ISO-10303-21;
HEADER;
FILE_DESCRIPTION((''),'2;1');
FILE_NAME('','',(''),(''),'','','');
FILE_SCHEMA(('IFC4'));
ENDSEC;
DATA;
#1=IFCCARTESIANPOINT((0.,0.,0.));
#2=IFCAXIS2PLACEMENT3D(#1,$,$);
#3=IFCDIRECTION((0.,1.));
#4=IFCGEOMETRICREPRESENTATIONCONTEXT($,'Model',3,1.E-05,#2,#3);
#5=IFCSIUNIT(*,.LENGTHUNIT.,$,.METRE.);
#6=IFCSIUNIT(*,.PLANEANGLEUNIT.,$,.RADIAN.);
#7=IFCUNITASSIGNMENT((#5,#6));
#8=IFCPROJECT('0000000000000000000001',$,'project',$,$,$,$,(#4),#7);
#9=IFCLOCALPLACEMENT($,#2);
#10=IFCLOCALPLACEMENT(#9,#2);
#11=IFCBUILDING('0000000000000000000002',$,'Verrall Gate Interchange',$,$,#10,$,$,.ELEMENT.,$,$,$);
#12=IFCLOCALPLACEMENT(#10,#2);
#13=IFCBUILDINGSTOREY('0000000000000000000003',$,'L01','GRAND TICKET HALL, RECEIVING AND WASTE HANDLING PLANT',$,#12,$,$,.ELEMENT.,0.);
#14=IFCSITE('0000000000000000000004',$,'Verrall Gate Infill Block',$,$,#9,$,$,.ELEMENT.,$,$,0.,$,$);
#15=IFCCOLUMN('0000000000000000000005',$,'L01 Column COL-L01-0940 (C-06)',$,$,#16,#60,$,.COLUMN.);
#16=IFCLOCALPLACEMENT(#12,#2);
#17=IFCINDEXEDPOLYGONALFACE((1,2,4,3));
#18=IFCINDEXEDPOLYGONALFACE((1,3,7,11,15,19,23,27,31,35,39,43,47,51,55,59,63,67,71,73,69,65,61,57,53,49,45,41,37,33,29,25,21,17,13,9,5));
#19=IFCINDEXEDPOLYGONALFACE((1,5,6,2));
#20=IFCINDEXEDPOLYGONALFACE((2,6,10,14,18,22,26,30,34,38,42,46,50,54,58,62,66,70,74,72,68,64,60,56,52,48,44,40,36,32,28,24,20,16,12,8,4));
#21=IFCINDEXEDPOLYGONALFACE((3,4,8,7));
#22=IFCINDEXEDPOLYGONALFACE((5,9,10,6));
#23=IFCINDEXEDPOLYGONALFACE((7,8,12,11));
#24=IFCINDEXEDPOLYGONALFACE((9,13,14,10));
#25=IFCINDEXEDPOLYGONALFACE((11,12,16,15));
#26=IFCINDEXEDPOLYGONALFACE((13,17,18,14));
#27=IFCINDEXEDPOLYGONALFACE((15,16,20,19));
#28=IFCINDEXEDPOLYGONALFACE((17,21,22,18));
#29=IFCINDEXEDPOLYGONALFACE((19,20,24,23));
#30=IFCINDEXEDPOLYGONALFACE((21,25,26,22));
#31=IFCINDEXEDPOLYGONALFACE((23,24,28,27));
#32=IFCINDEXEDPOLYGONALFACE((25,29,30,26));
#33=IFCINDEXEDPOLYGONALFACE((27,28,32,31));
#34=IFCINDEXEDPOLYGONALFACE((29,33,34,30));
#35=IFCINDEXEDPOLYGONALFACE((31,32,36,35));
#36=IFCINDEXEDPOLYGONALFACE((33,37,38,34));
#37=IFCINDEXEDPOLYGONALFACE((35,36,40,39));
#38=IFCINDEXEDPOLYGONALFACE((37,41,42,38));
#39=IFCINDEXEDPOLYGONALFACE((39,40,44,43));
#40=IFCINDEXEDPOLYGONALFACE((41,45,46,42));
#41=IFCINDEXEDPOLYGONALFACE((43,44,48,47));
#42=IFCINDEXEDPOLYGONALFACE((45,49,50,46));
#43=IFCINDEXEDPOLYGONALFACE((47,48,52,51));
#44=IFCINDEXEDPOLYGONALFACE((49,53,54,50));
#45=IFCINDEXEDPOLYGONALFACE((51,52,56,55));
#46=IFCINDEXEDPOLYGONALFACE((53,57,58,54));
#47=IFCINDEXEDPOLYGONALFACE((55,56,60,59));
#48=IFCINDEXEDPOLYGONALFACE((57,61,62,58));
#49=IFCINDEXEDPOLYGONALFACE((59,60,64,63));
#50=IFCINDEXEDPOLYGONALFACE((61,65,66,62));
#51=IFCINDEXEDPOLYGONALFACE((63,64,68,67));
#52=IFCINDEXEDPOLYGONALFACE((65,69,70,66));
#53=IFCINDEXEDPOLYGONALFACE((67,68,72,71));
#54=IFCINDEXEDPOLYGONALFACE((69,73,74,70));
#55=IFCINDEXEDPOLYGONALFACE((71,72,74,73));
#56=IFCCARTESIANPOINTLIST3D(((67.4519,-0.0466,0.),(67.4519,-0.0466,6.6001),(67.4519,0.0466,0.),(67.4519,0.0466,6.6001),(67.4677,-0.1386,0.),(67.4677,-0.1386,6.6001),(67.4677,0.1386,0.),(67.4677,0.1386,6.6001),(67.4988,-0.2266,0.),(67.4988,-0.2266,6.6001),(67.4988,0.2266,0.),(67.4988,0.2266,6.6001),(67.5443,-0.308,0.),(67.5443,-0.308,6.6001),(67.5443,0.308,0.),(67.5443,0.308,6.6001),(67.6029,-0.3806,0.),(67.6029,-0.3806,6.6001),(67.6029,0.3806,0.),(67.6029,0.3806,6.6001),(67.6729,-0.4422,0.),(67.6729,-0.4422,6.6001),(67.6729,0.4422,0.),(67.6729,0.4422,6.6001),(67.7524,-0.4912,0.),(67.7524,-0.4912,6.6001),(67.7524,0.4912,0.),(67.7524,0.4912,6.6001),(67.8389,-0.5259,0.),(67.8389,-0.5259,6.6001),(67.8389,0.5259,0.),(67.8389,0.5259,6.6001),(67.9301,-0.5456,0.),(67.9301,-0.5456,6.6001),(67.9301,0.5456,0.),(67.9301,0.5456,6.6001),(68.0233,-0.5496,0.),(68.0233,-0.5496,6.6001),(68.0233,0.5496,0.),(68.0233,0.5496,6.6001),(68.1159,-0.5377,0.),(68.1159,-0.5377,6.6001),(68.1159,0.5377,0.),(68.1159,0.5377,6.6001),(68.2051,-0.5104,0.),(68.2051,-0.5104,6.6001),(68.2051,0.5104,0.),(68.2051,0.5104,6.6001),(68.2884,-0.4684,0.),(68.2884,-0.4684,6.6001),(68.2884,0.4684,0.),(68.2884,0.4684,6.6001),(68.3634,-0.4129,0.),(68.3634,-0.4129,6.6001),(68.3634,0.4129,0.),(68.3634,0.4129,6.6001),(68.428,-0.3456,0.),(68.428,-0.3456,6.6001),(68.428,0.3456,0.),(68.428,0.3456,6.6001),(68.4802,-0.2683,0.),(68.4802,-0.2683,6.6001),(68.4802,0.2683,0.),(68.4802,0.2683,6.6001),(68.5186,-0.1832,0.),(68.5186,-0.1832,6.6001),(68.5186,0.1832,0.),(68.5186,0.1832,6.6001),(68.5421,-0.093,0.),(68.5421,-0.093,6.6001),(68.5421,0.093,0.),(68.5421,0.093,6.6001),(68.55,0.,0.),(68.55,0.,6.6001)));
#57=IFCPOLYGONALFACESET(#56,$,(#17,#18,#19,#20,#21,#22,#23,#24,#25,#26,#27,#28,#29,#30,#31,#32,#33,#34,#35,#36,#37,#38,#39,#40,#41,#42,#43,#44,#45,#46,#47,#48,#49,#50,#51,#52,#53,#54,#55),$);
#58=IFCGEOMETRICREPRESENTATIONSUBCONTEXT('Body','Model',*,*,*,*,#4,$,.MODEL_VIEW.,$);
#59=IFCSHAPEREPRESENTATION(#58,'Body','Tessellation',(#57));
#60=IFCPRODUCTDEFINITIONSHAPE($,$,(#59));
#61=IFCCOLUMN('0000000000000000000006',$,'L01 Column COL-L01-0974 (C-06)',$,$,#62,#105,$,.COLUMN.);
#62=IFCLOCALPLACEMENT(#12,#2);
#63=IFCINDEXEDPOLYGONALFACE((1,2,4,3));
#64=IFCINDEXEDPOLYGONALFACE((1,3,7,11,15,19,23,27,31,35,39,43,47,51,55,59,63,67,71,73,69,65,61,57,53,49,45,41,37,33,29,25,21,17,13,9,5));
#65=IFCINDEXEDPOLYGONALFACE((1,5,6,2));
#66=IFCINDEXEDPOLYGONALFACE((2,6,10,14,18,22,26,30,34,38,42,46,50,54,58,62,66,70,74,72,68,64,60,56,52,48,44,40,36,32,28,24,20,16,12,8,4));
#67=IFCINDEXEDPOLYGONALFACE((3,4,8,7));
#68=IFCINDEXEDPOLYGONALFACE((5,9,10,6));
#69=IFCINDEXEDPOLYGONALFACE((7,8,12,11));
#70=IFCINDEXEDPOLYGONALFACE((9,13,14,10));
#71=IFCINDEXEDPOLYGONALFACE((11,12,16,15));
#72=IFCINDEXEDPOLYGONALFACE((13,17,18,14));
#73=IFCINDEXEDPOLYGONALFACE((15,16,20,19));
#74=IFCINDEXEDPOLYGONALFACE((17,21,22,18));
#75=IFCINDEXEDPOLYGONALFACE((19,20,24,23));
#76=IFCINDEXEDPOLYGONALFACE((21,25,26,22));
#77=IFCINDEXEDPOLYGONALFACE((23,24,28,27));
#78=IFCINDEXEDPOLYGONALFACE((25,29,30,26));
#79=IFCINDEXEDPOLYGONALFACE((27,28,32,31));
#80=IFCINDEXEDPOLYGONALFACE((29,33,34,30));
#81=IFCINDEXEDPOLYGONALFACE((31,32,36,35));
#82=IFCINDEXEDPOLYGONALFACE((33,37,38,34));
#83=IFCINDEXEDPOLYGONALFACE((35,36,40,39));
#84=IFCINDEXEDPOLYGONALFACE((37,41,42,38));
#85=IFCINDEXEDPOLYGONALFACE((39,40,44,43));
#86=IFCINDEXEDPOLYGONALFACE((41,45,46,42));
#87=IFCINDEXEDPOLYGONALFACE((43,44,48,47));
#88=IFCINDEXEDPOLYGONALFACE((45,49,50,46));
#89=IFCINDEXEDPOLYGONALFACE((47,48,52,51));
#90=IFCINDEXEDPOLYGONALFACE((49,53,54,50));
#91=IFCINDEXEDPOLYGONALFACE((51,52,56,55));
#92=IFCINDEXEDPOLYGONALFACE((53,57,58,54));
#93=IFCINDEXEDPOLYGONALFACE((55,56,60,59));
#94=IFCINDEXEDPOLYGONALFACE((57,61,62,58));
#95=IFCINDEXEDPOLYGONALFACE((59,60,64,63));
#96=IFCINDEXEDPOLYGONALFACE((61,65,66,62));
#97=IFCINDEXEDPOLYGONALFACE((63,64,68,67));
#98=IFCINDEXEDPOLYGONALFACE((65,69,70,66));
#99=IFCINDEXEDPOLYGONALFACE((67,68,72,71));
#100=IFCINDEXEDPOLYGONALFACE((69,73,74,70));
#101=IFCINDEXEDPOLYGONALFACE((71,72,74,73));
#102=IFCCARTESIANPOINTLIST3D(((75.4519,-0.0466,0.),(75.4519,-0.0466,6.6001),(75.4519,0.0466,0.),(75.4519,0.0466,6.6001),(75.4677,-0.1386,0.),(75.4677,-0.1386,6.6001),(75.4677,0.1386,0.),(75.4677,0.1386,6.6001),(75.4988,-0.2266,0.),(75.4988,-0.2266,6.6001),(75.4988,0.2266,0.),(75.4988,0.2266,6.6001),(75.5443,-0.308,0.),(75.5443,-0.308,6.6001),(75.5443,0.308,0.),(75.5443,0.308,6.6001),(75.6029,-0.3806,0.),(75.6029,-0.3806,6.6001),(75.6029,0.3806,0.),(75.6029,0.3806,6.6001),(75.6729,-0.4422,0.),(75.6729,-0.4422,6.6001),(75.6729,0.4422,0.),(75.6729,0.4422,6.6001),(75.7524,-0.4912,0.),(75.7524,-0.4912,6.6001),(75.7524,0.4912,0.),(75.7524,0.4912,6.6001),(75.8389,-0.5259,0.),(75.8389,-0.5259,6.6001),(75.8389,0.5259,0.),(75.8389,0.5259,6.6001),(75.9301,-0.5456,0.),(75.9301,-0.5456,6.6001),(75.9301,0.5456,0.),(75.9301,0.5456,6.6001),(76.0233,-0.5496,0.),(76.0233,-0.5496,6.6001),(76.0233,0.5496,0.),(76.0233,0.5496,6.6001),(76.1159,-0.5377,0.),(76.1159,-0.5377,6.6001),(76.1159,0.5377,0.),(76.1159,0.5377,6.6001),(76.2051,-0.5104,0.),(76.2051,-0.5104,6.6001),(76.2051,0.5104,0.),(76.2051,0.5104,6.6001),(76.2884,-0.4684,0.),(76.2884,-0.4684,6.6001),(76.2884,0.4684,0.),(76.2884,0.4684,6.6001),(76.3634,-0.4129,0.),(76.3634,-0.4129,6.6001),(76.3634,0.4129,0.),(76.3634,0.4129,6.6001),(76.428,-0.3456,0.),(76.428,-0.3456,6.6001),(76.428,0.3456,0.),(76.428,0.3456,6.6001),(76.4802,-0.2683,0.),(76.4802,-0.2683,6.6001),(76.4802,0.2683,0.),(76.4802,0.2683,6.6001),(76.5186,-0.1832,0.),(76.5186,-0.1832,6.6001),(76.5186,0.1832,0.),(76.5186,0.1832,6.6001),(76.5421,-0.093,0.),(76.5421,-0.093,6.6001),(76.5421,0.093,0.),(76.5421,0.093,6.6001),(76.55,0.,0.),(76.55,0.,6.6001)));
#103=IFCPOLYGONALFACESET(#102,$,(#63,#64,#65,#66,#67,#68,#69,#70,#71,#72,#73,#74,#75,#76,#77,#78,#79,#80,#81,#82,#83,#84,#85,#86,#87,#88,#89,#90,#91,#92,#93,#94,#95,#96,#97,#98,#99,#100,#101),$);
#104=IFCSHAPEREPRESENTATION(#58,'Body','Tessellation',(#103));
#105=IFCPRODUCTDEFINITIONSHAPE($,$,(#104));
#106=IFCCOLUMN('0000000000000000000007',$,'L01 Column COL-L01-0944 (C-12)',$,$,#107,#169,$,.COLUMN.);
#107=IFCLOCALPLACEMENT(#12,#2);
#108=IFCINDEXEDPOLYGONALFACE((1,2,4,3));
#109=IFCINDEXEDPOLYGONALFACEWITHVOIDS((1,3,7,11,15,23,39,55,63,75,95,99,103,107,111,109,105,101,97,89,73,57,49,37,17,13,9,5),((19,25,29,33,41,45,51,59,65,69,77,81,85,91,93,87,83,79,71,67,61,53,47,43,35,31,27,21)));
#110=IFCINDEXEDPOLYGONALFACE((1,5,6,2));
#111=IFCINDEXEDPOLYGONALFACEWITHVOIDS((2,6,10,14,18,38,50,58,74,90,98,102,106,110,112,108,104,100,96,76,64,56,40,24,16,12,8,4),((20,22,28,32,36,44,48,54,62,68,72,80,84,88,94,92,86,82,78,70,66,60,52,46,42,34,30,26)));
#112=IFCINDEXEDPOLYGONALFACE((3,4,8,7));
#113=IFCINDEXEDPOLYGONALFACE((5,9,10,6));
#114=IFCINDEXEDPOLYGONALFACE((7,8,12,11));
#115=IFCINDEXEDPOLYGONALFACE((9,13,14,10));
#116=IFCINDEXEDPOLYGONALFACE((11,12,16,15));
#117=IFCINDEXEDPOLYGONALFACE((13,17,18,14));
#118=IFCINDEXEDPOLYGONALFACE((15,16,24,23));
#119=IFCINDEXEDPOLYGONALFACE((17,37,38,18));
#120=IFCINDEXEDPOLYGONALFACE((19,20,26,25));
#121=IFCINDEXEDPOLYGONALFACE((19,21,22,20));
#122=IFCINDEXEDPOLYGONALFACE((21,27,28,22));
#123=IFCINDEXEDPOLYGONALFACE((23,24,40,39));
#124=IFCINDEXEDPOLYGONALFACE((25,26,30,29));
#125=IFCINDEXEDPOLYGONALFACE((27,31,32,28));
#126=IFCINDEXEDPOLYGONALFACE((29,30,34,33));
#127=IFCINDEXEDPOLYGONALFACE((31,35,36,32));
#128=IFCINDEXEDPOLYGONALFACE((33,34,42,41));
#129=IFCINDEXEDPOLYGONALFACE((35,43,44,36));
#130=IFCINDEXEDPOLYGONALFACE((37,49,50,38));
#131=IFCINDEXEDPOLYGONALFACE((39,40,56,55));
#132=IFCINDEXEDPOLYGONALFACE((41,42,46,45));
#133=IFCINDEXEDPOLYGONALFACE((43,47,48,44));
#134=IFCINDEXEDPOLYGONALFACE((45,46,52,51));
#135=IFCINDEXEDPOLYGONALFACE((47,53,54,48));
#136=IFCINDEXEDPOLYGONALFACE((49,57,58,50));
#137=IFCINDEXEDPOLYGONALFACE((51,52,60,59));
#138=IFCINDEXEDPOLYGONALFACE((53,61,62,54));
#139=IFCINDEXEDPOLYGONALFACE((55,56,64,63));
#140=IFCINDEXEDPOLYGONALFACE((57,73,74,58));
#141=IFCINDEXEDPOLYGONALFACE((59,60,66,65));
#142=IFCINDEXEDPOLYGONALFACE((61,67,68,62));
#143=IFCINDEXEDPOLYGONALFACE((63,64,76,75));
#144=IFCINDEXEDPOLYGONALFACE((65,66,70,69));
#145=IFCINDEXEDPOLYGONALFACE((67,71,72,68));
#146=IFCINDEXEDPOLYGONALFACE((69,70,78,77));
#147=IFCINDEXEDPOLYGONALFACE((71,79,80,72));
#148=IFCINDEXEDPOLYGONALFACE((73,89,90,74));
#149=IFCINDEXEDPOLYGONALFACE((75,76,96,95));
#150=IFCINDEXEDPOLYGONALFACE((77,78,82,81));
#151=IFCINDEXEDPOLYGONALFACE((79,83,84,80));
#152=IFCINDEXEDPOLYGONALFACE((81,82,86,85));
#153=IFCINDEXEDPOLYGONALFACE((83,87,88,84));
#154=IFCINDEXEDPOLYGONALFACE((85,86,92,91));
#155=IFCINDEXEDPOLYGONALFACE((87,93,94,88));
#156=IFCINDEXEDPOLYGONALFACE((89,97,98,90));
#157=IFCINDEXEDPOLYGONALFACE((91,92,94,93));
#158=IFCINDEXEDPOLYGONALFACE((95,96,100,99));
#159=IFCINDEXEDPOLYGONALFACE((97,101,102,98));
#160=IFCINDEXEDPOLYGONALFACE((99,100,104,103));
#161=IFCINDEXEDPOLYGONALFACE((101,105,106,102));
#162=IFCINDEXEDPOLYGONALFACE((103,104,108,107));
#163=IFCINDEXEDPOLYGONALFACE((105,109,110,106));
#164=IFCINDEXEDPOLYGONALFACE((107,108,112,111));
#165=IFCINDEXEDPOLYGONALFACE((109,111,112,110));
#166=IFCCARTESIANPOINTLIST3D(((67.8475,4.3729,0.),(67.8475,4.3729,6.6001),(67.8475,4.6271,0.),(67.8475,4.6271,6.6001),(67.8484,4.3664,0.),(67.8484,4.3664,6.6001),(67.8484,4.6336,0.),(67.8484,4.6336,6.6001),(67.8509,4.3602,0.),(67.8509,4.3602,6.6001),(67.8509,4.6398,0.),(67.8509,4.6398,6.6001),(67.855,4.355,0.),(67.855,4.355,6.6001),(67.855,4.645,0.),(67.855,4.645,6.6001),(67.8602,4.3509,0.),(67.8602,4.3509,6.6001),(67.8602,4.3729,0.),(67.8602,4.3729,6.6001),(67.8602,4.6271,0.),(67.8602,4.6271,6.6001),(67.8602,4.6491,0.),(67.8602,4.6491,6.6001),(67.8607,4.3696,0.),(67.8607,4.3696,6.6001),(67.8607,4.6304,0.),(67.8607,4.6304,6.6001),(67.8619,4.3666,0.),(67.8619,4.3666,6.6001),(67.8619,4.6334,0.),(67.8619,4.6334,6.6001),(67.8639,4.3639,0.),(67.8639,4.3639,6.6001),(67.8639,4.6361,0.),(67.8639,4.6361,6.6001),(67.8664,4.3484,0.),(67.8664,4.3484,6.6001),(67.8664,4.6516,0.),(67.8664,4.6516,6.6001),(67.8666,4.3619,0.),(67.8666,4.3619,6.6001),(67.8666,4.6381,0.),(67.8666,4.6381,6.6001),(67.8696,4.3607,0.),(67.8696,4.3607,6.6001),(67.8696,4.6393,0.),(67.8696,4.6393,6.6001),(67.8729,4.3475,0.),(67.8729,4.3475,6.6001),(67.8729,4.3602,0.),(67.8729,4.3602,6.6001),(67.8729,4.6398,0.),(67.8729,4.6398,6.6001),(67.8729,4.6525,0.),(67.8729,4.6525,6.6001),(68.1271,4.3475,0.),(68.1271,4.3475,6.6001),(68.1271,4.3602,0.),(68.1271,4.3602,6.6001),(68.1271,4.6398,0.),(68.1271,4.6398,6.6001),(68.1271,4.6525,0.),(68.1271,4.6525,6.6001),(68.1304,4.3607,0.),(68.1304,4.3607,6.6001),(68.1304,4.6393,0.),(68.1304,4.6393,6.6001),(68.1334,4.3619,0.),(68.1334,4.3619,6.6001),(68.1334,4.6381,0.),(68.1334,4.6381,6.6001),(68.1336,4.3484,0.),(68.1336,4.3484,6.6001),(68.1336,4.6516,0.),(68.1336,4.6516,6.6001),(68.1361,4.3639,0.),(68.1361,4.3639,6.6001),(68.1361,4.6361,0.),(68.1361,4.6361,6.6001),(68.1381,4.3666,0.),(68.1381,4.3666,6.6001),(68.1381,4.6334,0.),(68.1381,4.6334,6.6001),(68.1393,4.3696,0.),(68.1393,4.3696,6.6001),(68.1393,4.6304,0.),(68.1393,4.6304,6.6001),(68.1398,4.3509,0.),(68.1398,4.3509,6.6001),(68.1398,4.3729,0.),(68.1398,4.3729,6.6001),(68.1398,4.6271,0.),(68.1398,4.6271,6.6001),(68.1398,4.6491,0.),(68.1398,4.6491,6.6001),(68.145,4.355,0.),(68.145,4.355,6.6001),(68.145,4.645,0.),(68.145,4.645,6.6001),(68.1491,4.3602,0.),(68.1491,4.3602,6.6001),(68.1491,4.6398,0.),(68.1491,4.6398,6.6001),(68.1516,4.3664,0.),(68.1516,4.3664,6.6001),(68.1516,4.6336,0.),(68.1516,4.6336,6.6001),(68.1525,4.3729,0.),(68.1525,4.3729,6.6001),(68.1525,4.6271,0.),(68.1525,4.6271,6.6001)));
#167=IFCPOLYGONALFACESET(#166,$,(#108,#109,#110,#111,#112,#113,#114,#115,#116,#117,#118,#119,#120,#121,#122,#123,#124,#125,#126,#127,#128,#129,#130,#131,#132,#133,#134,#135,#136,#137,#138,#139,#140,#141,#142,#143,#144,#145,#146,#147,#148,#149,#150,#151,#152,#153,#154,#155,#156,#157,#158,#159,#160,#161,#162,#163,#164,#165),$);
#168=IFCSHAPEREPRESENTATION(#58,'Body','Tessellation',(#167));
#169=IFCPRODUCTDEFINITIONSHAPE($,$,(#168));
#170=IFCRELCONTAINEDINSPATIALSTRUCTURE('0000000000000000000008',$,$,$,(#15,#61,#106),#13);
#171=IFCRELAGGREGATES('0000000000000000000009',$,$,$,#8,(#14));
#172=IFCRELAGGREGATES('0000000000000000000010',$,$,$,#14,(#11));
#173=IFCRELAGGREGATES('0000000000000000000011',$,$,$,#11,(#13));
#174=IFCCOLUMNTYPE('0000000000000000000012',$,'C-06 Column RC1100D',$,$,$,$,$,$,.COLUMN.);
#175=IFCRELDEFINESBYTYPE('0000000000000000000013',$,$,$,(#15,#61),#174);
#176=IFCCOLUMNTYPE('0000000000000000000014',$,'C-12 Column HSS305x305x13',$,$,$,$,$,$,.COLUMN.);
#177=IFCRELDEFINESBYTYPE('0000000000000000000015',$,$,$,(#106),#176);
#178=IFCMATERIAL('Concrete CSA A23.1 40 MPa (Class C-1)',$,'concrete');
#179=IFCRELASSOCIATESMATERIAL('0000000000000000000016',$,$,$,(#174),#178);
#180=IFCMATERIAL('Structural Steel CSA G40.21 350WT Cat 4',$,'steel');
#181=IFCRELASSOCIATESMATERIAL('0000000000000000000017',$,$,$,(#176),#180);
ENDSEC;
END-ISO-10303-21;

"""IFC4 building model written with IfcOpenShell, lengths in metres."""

from ifc_helpers import new_model, si_unit, direction, frame, origin, origin_2d, place, context, subcontext, project, spatial, hollow_rectangle, circle, extrude, material, material_profile, profile_set, type_object, element, save


model = new_model("IFC4")

# Units and contexts
model_context = context("Model", 3, precision=1e-05, world=origin(), true_north=direction((0.0, 1.0)))
body_context = subcontext(model_context, "Body", "Model", "MODEL_VIEW")
ifc_project = project(units=[si_unit("LENGTHUNIT", "METRE"), si_unit("PLANEANGLEUNIT", "RADIAN")], contexts=[model_context])

# Site, building, storey
site_placement = place(None, origin())
site = spatial("IfcSite", under=ifc_project, at=site_placement, Name="Verrall Gate Infill Block", CompositionType="ELEMENT", RefElevation=0.0)
building_placement = place(site_placement, origin())
building = spatial("IfcBuilding", under=site, at=building_placement, Name="Verrall Gate Interchange", CompositionType="ELEMENT")
storey_placement = place(building_placement, origin())
storey = spatial("IfcBuildingStorey", under=building, at=storey_placement, Name="L01", Description="GRAND TICKET HALL, RECEIVING AND WASTE HANDLING PLANT", CompositionType="ELEMENT", Elevation=0.0)

# Columns
ifc_material_1 = material(Name="Concrete CSA A23.1 40 MPa (Class C-1)", Category="concrete")
ifc_material_profile_1 = material_profile(ifc_material_1, circle(Radius=0.55, at=origin_2d()), Name="RC1100D")
ifc_profile_set_1 = profile_set([ifc_material_profile_1], Name="Concrete CSA A23.1 40 MPa (Class C-1)")
column_type_1 = type_object("IfcColumnType", Name="C-06 Column RC1100D", PredefinedType="COLUMN", material=ifc_profile_set_1)
for number, where, z_axis, x_axis, name in (
    (1, (68.0, 0.0, 0.0), (0.0, 0.0, 1.0), (1.0, 0.0, 0.0), "L01 Column COL-L01-0940 (C-06)"),
    (2, (76.0, 0.0, 0.0), (0.0, 0.0, 1.0), (1.0, 0.0, 0.0), "L01 Column COL-L01-0974 (C-06)"),
):
    element("IfcColumn", number, at=place(storey_placement, frame(where, z_axis=z_axis, x_axis=x_axis)), inside=storey, type_object=column_type_1, Name=name, PredefinedType="COLUMN", context=body_context, shape_type="SweptSolid", body=[
        extrude(circle(Radius=0.55, at=origin_2d()), origin(), (0.0, 0.0, 1.0), 6.6001),
    ])
ifc_material_2 = material(Name="Structural Steel CSA G40.21 350WT Cat 4", Category="steel")
ifc_material_profile_2 = material_profile(ifc_material_2, hollow_rectangle(XDim=0.3049, YDim=0.3049, WallThickness=0.0127, InnerFilletRadius=0.0127, OuterFilletRadius=0.0254, at=origin_2d()), Name="HSS305x305x13")
ifc_profile_set_2 = profile_set([ifc_material_profile_2], Name="Structural Steel CSA G40.21 350WT Cat 4")
column_type_2 = type_object("IfcColumnType", Name="C-12 Column HSS305x305x13", PredefinedType="COLUMN", material=ifc_profile_set_2)
column_placement = place(storey_placement, frame((68.0, 4.5, 0.0), z_axis=(0.0, 0.0, 1.0), x_axis=(1.0, 0.0, 0.0)))
element("IfcColumn", 3, at=column_placement, inside=storey, type_object=column_type_2, Name="L01 Column COL-L01-0944 (C-12)", PredefinedType="COLUMN", context=body_context, shape_type="SweptSolid", body=[
    extrude(hollow_rectangle(XDim=0.3049, YDim=0.3049, WallThickness=0.0127, InnerFilletRadius=0.0127, OuterFilletRadius=0.0254, at=origin_2d()), origin(), (0.0, 0.0, 1.0), 6.6001),
])

save(model, "model.ifc")
